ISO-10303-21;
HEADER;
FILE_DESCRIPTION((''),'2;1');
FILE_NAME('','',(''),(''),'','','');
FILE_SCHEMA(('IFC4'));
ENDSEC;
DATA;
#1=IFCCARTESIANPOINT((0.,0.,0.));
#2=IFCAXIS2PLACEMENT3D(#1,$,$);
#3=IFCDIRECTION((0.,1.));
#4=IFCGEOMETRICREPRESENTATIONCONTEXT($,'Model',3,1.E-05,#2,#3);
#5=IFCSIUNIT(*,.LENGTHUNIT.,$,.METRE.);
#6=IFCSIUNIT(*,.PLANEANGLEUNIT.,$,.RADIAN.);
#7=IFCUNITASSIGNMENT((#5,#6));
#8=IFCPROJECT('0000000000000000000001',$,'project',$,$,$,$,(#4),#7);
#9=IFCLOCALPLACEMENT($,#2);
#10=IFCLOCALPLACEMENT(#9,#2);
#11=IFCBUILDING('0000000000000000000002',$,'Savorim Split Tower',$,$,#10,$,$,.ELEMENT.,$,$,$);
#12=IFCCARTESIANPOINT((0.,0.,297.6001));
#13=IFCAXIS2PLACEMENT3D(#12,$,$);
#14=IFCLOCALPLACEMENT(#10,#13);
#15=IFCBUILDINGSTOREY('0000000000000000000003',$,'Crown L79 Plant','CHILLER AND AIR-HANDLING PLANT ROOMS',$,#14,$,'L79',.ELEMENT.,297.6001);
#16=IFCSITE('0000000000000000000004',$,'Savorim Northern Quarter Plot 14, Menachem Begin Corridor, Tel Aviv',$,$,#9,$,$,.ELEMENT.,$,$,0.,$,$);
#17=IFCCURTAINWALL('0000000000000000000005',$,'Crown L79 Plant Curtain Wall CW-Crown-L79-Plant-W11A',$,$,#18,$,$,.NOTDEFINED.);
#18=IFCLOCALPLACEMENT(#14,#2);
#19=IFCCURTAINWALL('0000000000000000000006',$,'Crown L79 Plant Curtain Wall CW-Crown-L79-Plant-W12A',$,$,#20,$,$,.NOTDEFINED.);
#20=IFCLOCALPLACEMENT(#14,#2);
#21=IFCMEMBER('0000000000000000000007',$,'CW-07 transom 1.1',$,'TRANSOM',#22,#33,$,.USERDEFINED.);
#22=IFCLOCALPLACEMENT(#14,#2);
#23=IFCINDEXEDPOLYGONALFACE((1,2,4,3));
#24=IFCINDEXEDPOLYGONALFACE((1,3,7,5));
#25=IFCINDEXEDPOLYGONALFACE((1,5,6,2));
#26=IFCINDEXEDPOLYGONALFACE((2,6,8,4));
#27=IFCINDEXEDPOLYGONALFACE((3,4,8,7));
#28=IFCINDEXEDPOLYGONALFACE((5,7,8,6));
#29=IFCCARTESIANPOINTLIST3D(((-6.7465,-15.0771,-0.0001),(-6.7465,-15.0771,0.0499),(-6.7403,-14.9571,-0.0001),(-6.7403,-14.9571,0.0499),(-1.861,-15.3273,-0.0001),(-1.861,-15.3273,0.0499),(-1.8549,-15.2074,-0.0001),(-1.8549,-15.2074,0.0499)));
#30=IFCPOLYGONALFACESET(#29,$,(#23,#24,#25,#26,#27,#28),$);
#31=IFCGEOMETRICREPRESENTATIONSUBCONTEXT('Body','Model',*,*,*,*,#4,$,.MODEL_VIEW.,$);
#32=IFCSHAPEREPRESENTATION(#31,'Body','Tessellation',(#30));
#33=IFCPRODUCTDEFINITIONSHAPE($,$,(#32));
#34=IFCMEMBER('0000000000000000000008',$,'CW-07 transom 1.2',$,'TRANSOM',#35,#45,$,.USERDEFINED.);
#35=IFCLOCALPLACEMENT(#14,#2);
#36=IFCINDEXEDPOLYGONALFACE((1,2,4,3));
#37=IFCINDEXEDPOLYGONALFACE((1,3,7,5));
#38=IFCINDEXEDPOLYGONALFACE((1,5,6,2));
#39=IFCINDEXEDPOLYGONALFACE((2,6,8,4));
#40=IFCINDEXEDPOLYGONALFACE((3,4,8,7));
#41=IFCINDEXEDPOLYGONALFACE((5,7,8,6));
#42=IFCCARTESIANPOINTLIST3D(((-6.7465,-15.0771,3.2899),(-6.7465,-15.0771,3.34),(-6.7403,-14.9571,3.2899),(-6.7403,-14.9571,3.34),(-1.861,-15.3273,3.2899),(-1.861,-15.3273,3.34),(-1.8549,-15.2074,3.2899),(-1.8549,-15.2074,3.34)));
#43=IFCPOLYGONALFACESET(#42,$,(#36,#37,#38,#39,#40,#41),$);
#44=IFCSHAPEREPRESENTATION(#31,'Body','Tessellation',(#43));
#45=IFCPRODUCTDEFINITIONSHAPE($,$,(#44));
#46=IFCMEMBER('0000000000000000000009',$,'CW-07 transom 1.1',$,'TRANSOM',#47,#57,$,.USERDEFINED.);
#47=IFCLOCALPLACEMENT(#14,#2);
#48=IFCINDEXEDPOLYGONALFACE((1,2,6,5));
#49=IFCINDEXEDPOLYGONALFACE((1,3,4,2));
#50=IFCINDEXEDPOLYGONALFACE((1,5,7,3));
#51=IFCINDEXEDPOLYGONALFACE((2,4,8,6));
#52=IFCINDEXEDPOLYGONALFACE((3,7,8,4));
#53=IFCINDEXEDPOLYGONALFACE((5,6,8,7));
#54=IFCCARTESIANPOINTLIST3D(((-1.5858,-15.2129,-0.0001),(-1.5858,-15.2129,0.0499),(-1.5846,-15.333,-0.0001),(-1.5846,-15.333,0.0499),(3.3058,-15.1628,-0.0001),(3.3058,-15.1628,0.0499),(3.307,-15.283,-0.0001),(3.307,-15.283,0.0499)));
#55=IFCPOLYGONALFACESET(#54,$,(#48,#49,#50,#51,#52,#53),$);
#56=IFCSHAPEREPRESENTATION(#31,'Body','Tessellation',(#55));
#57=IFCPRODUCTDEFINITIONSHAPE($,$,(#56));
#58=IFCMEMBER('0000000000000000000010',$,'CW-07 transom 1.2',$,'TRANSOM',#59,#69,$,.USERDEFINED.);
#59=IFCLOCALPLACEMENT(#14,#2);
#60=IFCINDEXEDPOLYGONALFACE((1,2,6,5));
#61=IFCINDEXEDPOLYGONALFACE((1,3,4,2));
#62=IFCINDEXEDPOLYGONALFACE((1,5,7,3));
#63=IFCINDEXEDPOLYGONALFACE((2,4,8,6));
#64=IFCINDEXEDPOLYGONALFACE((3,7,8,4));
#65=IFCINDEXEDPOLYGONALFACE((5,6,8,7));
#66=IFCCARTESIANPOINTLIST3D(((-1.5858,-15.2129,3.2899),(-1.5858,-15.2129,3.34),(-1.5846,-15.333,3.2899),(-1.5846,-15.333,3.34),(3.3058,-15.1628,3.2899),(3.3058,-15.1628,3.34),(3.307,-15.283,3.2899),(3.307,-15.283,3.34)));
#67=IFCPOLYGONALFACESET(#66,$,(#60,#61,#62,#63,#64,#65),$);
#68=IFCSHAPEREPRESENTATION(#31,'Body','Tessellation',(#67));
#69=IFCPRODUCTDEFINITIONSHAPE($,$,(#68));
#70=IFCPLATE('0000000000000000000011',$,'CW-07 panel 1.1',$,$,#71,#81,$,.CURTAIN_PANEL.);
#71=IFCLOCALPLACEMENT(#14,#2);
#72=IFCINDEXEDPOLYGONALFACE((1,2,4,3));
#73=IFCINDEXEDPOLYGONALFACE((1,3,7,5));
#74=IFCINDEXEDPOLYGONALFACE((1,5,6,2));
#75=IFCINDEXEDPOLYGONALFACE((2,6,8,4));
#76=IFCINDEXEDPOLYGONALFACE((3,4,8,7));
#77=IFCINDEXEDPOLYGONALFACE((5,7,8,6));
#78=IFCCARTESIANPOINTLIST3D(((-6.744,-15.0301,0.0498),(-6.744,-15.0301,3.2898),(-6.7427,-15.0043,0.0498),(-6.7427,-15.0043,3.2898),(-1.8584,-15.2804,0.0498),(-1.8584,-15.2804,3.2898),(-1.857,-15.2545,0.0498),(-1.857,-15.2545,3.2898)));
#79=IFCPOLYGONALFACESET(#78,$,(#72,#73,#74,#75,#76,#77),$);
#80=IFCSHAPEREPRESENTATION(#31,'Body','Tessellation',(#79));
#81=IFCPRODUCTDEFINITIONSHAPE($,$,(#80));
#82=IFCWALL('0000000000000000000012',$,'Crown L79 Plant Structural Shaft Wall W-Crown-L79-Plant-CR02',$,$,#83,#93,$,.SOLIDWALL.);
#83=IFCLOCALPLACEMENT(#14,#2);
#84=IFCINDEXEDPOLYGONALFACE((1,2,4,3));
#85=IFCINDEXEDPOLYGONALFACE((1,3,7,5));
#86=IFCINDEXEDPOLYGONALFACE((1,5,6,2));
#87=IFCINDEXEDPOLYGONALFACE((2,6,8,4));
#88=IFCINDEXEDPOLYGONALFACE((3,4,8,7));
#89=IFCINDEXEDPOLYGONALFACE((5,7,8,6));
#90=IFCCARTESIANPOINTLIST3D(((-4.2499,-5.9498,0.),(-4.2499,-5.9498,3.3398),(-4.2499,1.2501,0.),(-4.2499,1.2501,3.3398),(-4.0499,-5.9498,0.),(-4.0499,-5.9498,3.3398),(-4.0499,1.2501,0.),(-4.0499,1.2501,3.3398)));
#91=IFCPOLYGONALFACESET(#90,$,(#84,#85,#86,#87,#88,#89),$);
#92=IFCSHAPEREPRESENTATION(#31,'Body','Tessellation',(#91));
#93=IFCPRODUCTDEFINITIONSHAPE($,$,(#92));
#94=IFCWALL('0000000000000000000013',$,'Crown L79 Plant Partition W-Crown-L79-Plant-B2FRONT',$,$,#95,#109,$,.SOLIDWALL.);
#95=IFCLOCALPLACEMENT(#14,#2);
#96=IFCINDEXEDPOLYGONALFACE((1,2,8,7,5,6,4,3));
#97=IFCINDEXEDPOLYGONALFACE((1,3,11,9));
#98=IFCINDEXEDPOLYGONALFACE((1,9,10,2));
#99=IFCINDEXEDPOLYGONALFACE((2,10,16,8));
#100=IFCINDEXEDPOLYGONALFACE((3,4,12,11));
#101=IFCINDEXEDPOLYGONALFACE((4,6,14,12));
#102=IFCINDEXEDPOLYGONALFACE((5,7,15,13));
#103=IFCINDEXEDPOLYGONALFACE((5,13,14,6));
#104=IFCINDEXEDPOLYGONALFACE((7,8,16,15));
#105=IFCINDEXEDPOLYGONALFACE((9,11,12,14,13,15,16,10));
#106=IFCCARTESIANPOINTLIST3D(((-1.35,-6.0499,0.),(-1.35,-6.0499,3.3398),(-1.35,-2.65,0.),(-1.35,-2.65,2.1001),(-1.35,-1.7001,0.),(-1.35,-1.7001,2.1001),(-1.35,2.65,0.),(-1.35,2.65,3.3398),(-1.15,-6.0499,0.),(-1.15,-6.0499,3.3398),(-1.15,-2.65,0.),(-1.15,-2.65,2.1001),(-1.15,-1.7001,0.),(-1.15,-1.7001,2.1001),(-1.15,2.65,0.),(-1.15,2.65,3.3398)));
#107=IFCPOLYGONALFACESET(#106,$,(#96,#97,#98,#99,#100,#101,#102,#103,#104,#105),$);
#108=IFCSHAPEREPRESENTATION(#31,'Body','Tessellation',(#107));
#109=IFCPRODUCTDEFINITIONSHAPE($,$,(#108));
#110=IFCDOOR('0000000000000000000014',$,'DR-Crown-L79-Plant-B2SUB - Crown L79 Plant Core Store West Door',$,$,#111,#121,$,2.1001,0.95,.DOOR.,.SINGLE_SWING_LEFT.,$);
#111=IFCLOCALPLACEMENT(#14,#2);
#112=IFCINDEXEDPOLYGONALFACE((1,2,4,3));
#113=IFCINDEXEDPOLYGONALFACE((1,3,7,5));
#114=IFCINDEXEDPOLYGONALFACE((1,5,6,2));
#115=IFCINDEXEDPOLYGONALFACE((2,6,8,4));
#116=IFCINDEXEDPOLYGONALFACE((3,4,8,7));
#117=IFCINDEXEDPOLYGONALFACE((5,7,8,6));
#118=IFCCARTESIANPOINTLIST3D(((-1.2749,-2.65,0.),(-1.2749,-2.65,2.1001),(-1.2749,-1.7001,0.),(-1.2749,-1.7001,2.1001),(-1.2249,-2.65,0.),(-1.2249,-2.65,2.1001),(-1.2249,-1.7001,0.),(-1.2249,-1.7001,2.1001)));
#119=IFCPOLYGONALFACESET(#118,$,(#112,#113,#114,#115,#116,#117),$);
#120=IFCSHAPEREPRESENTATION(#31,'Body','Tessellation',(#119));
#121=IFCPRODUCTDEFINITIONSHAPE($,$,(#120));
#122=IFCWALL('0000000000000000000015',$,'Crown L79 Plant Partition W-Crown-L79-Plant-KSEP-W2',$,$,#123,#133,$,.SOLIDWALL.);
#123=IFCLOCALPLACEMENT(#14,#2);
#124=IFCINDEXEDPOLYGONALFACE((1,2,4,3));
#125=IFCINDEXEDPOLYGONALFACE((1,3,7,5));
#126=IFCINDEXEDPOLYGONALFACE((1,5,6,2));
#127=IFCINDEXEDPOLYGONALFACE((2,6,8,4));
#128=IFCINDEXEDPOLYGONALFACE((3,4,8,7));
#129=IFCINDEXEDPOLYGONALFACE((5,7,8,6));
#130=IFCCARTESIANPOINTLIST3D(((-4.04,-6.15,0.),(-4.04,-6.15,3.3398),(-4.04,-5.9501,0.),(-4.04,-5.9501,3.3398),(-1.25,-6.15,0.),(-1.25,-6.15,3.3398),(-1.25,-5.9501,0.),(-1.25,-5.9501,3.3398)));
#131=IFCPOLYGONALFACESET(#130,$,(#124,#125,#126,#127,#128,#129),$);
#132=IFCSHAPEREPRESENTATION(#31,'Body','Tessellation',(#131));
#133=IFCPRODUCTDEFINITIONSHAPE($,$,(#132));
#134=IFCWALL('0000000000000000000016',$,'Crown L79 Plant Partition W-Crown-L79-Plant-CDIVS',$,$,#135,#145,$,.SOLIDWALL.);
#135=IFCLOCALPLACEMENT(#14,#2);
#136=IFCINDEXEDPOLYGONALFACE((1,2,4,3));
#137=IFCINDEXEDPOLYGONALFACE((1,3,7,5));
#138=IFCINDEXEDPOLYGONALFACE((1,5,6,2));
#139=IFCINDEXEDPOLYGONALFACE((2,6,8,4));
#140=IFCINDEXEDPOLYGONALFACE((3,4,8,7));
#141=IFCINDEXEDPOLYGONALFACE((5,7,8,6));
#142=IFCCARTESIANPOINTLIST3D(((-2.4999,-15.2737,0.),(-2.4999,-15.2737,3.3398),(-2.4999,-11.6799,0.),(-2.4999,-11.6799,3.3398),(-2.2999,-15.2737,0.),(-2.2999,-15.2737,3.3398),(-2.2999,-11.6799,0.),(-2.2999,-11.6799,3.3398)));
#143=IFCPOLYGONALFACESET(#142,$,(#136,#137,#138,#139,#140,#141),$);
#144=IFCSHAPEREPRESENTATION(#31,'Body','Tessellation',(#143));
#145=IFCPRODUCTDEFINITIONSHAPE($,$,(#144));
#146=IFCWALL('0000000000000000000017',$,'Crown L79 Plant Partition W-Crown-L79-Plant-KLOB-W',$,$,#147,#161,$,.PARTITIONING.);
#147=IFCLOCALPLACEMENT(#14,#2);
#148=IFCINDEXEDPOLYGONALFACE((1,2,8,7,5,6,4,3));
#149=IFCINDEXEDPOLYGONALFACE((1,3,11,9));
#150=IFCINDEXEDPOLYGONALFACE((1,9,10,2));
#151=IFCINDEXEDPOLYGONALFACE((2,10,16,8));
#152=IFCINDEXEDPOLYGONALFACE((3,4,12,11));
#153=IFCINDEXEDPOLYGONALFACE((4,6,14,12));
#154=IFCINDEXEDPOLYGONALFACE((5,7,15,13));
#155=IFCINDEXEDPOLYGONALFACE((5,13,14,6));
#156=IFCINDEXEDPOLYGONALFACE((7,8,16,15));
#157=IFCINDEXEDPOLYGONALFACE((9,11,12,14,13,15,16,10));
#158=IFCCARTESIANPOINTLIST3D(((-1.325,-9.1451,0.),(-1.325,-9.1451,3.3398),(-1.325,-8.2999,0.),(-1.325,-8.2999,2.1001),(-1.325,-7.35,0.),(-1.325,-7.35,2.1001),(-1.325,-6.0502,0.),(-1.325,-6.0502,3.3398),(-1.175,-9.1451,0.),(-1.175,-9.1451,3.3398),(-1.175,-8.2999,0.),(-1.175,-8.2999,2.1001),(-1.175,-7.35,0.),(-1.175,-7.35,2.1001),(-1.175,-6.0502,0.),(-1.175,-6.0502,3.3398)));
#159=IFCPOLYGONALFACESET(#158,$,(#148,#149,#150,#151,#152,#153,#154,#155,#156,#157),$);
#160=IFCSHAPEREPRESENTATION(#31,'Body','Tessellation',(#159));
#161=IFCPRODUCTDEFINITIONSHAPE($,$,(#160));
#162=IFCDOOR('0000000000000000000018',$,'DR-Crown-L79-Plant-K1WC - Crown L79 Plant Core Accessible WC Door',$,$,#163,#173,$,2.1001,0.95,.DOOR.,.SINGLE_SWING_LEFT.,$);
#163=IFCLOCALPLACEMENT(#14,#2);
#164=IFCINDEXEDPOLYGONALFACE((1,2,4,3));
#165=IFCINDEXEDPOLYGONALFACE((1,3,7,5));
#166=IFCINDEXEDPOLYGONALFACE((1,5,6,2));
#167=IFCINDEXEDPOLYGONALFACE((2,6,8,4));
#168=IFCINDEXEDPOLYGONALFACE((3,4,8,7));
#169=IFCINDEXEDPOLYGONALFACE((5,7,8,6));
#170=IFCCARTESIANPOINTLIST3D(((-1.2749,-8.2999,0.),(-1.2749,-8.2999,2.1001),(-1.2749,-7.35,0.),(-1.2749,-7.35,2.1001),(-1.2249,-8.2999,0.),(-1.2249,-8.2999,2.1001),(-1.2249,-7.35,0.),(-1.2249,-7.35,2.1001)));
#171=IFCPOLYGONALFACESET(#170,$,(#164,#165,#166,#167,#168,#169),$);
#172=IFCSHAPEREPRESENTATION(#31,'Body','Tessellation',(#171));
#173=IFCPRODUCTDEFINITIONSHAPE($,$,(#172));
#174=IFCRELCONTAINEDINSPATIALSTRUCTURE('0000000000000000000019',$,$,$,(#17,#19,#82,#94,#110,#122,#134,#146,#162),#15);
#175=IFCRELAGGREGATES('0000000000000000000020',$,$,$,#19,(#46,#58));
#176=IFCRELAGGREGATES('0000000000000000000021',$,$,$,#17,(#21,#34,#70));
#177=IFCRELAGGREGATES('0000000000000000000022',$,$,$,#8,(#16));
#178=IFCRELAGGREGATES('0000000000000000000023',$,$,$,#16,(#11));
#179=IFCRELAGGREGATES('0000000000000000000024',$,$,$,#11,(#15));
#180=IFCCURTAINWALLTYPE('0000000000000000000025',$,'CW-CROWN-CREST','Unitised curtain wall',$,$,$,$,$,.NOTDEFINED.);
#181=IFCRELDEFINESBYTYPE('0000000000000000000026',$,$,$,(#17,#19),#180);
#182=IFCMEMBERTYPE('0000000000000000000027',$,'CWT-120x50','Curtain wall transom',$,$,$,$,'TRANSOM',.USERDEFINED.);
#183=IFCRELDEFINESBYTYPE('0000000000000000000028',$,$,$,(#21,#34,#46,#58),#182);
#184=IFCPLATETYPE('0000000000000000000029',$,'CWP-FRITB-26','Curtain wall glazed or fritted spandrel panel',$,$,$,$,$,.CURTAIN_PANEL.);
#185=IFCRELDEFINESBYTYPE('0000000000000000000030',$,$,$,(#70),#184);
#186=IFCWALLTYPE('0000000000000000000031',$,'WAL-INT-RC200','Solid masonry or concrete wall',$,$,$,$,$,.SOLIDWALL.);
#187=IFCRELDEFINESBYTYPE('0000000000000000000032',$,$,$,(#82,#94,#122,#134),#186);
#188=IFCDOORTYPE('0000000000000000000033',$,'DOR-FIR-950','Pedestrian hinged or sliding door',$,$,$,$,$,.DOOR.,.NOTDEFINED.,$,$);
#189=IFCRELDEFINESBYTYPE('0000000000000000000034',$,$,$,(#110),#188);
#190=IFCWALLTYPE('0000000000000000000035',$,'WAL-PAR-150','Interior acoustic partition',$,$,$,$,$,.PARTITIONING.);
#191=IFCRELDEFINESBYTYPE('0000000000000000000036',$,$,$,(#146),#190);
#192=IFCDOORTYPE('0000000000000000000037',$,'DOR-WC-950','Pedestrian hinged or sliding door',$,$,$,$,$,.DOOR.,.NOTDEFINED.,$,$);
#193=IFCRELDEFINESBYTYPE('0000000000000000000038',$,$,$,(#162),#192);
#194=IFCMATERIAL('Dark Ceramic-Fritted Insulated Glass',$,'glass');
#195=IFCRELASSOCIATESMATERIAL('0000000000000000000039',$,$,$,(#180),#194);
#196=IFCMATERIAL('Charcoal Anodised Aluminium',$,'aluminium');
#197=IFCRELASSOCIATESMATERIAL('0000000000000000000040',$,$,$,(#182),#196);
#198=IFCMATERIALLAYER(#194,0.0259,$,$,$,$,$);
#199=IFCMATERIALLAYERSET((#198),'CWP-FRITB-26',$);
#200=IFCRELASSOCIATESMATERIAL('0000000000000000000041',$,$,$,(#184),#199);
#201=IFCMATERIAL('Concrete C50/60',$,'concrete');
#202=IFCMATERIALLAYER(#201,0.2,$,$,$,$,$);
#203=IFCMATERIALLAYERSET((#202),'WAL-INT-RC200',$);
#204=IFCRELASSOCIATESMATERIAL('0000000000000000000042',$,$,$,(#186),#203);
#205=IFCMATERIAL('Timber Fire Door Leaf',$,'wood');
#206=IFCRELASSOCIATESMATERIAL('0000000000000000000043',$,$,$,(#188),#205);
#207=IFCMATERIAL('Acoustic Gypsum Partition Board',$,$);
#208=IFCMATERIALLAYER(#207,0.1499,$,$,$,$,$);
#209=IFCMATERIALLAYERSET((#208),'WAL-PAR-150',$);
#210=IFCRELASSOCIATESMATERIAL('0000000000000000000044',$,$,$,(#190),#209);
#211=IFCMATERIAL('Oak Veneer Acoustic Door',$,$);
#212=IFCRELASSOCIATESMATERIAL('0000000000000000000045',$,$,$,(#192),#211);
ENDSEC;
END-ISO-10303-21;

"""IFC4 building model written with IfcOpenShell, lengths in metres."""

from ifc_helpers import new_model, si_unit, direction, frame, frame_2d, origin, origin_2d, place, context, subcontext, project, spatial, rectangle, extrude, material, layer, layer_set, material_profile, profile_set, type_object, element, fill, aggregate, save


model = new_model("IFC4")

# Units and contexts
model_context = context("Model", 3, precision=1e-05, world=origin(), true_north=direction((0.0, 1.0)))
body_context = subcontext(model_context, "Body", "Model", "MODEL_VIEW")
ifc_project = project(units=[si_unit("LENGTHUNIT", "METRE"), si_unit("PLANEANGLEUNIT", "RADIAN")], contexts=[model_context])

# Site, building, storey
site_placement = place(None, origin())
site = spatial("IfcSite", under=ifc_project, at=site_placement, Name="Savorim Northern Quarter Plot 14, Menachem Begin Corridor, Tel Aviv", CompositionType="ELEMENT", RefElevation=0.0)
building_placement = place(site_placement, origin())
building = spatial("IfcBuilding", under=site, at=building_placement, Name="Savorim Split Tower", CompositionType="ELEMENT")
storey_placement = place(building_placement, frame((0.0, 0.0, 297.6001)))
storey = spatial("IfcBuildingStorey", under=building, at=storey_placement, Name="Crown L79 Plant", Description="CHILLER AND AIR-HANDLING PLANT ROOMS", LongName="L79", CompositionType="ELEMENT", Elevation=297.6001)

# Curtain wall
ifc_material_1 = material(Name="Dark Ceramic-Fritted Insulated Glass", Category="glass")
curtain_wall_type = type_object("IfcCurtainWallType", Name="CW-CROWN-CREST", Description="Unitised curtain wall", PredefinedType="NOTDEFINED", material=ifc_material_1)
curtain_wall_1_placement = place(storey_placement, origin())
curtain_wall_1 = element("IfcCurtainWall", 1, at=curtain_wall_1_placement, inside=storey, type_object=curtain_wall_type, Name="Crown L79 Plant Curtain Wall CW-Crown-L79-Plant-W11A", PredefinedType="NOTDEFINED")
ifc_material_2 = material(Name="Charcoal Anodised Aluminium", Category="aluminium")

# Curtain wall
curtain_wall_2_placement = place(storey_placement, origin())
curtain_wall_2 = element("IfcCurtainWall", 2, at=curtain_wall_2_placement, inside=storey, type_object=curtain_wall_type, Name="Crown L79 Plant Curtain Wall CW-Crown-L79-Plant-W12A", PredefinedType="NOTDEFINED")

# Members
ifc_material_profile_1 = material_profile(ifc_material_2, rectangle(XDim=0.1201, YDim=0.05, at=origin_2d()), Name="ALU-T 120x50")
ifc_profile_set_1 = profile_set([ifc_material_profile_1], Name="Charcoal Anodised Aluminium")
member_type_1 = type_object("IfcMemberType", Name="CWT-120x50", Description="Curtain wall transom", ElementType="TRANSOM", PredefinedType="USERDEFINED", material=ifc_profile_set_1)
member_1_placement = place(storey_placement, frame((-6.7434, -15.0171, 0.0249), z_axis=(0.998691, -0.051155, 0.0), x_axis=(0.051155, 0.998691, 0.0)))
member_1 = element("IfcMember", 3, at=member_1_placement, type_object=member_type_1, Name="CW-07 transom 1.1", ObjectType="TRANSOM", PredefinedType="USERDEFINED", context=body_context, shape_type="SweptSolid", body=[
    extrude(rectangle(XDim=0.1201, YDim=0.05, at=origin_2d()), origin(), (0.0, 0.0, 1.0), 4.8918),
])
member_2_placement = place(storey_placement, frame((-6.7434, -15.0171, 3.3149), z_axis=(0.998691, -0.051155, 0.0), x_axis=(0.051155, 0.998691, 0.0)))
member_2 = element("IfcMember", 4, at=member_2_placement, type_object=member_type_1, Name="CW-07 transom 1.2", ObjectType="TRANSOM", PredefinedType="USERDEFINED", context=body_context, shape_type="SweptSolid", body=[
    extrude(rectangle(XDim=0.1201, YDim=0.05, at=origin_2d()), origin(), (0.0, 0.0, 1.0), 4.8918),
])
member_3_placement = place(storey_placement, frame((-1.5852, -15.2729, 0.0249), z_axis=(0.999948, 0.010231, 0.0), x_axis=(-0.010231, 0.999948, 0.0)))
member_3 = element("IfcMember", 5, at=member_3_placement, type_object=member_type_1, Name="CW-07 transom 1.1", ObjectType="TRANSOM", PredefinedType="USERDEFINED", context=body_context, shape_type="SweptSolid", body=[
    extrude(rectangle(XDim=0.1201, YDim=0.05, at=origin_2d()), origin(), (0.0, 0.0, 1.0), 4.8918),
])
member_4_placement = place(storey_placement, frame((-1.5852, -15.2729, 3.3149), z_axis=(0.999948, 0.010231, 0.0), x_axis=(-0.010231, 0.999948, 0.0)))
member_4 = element("IfcMember", 6, at=member_4_placement, type_object=member_type_1, Name="CW-07 transom 1.2", ObjectType="TRANSOM", PredefinedType="USERDEFINED", context=body_context, shape_type="SweptSolid", body=[
    extrude(rectangle(XDim=0.1201, YDim=0.05, at=origin_2d()), origin(), (0.0, 0.0, 1.0), 4.8918),
])
aggregate(curtain_wall_2, [member_3, member_4])

# Plate
ifc_layer_1 = layer(ifc_material_1, 0.0259)
ifc_layer_set_1 = layer_set([ifc_layer_1], Name="CWP-FRITB-26")
plate_type = type_object("IfcPlateType", Name="CWP-FRITB-26", Description="Curtain wall glazed or fritted spandrel panel", PredefinedType="CURTAIN_PANEL", material=ifc_layer_set_1)
plate_placement = place(storey_placement, frame((-4.3005, -15.1423, 0.0498), z_axis=(0.0, 0.0, 1.0), x_axis=(0.998691, -0.051157, 0.0)))
plate = element("IfcPlate", 7, at=plate_placement, type_object=plate_type, Name="CW-07 panel 1.1", PredefinedType="CURTAIN_PANEL", context=body_context, shape_type="SweptSolid", body=[
    extrude(rectangle(XDim=4.8921, YDim=0.0259, at=origin_2d()), origin(), (0.0, 0.0, 1.0), 3.24),
])
aggregate(curtain_wall_1, [member_1, member_2, plate])

# Wall
ifc_material_3 = material(Name="Concrete C50/60", Category="concrete")
ifc_layer_2 = layer(ifc_material_3, 0.2)
ifc_layer_set_2 = layer_set([ifc_layer_2], Name="WAL-INT-RC200")
wall_type_1 = type_object("IfcWallType", Name="WAL-INT-RC200", Description="Solid masonry or concrete wall", PredefinedType="SOLIDWALL", material=ifc_layer_set_2)
wall_1_placement = place(storey_placement, frame((-4.1499, -5.95, 0.0), z_axis=(0.0, 0.0, 1.0), x_axis=(0.0, 1.0, 0.0)))
element("IfcWall", 8, at=wall_1_placement, inside=storey, type_object=wall_type_1, Name="Crown L79 Plant Structural Shaft Wall W-Crown-L79-Plant-CR02", PredefinedType="SOLIDWALL", context=body_context, shape_type="SweptSolid", body=[
    extrude(rectangle(XDim=7.2, YDim=0.2, at=frame_2d((3.6001, 0.0))), origin(), (0.0, 0.0, 1.0), 3.3398),
])

# Wall, opening, door
wall_2_placement = place(storey_placement, frame((-1.25, -6.05, 0.0), z_axis=(0.0, 0.0, 1.0), x_axis=(0.0, 1.0, 0.0)))
wall_2 = element("IfcWall", 9, at=wall_2_placement, inside=storey, type_object=wall_type_1, Name="Crown L79 Plant Partition W-Crown-L79-Plant-B2FRONT", PredefinedType="SOLIDWALL", context=body_context, shape_type="SweptSolid", body=[
    extrude(rectangle(XDim=8.7, YDim=0.2, at=frame_2d((4.3501, 0.0))), origin(), (0.0, 0.0, 1.0), 3.3398),
])
opening_1_placement = place(wall_2_placement, frame((3.3999, 0.0, 0.0)))
opening_1 = element("IfcOpeningElement", 10, at=opening_1_placement, cuts=wall_2, PredefinedType="OPENING", context=body_context, shape_type="SweptSolid", body=[
    extrude(rectangle(XDim=0.95, YDim=2.1001, at=frame_2d((0.4751, 1.05))), frame((0.0, 0.1099, 0.0), z_axis=(0.0, -1.0, 0.0), x_axis=(1.0, 0.0, 0.0)), (0.0, 0.0, 1.0), 0.22),
])
ifc_material_4 = material(Name="Timber Fire Door Leaf", Category="wood")
door_type_1 = type_object("IfcDoorType", Name="DOR-FIR-950", Description="Pedestrian hinged or sliding door", OperationType="NOTDEFINED", PredefinedType="DOOR", material=ifc_material_4)
door_1_placement = place(opening_1_placement, origin())
door_1 = element("IfcDoor", 11, at=door_1_placement, inside=storey, type_object=door_type_1, Name="DR-Crown-L79-Plant-B2SUB - Crown L79 Plant Core Store West Door", OperationType="SINGLE_SWING_LEFT", OverallHeight=2.1001, OverallWidth=0.95, PredefinedType="DOOR", context=body_context, shape_type="SweptSolid", body=[
    extrude(rectangle(XDim=0.95, YDim=2.1001, at=frame_2d((0.4751, 1.05))), frame((0.0, 0.0249, 0.0), z_axis=(0.0, -1.0, 0.0), x_axis=(1.0, 0.0, 0.0)), (0.0, 0.0, 1.0), 0.05),
])
fill(opening_1, door_1)

# Walls
wall_3_placement = place(storey_placement, frame((-4.04, -6.05, 0.0), z_axis=(0.0, 0.0, 1.0), x_axis=(1.0, 0.0, 0.0)))
element("IfcWall", 12, at=wall_3_placement, inside=storey, type_object=wall_type_1, Name="Crown L79 Plant Partition W-Crown-L79-Plant-KSEP-W2", PredefinedType="SOLIDWALL", context=body_context, shape_type="SweptSolid", body=[
    extrude(rectangle(XDim=2.79, YDim=0.2, at=frame_2d((1.395, 0.0))), origin(), (0.0, 0.0, 1.0), 3.3398),
])
wall_4_placement = place(storey_placement, frame((-2.3999, -15.2737, 0.0), z_axis=(0.0, 0.0, 1.0), x_axis=(0.0, 1.0, 0.0)))
element("IfcWall", 13, at=wall_4_placement, inside=storey, type_object=wall_type_1, Name="Crown L79 Plant Partition W-Crown-L79-Plant-CDIVS", PredefinedType="SOLIDWALL", context=body_context, shape_type="SweptSolid", body=[
    extrude(rectangle(XDim=3.5938, YDim=0.2, at=frame_2d((1.7969, 0.0))), origin(), (0.0, 0.0, 1.0), 3.3398),
])

# Wall, opening, door
ifc_material_5 = material(Name="Acoustic Gypsum Partition Board")
ifc_layer_3 = layer(ifc_material_5, 0.1499)
ifc_layer_set_3 = layer_set([ifc_layer_3], Name="WAL-PAR-150")
wall_type_2 = type_object("IfcWallType", Name="WAL-PAR-150", Description="Interior acoustic partition", PredefinedType="PARTITIONING", material=ifc_layer_set_3)
wall_5_placement = place(storey_placement, frame((-1.25, -9.145, 0.0), z_axis=(0.0, 0.0, 1.0), x_axis=(0.0, 1.0, 0.0)))
wall_5 = element("IfcWall", 14, at=wall_5_placement, inside=storey, type_object=wall_type_2, Name="Crown L79 Plant Partition W-Crown-L79-Plant-KLOB-W", PredefinedType="PARTITIONING", context=body_context, shape_type="SweptSolid", body=[
    extrude(rectangle(XDim=3.095, YDim=0.1499, at=frame_2d((1.5474, 0.0))), origin(), (0.0, 0.0, 1.0), 3.3398),
])
opening_2_placement = place(wall_5_placement, frame((0.845, 0.0, 0.0)))
opening_2 = element("IfcOpeningElement", 15, at=opening_2_placement, cuts=wall_5, PredefinedType="OPENING", context=body_context, shape_type="SweptSolid", body=[
    extrude(rectangle(XDim=0.95, YDim=2.1001, at=frame_2d((0.4751, 1.05))), frame((0.0, 0.085, 0.0), z_axis=(0.0, -1.0, 0.0), x_axis=(1.0, 0.0, 0.0)), (0.0, 0.0, 1.0), 0.1699),
])
ifc_material_6 = material(Name="Oak Veneer Acoustic Door")
door_type_2 = type_object("IfcDoorType", Name="DOR-WC-950", Description="Pedestrian hinged or sliding door", OperationType="NOTDEFINED", PredefinedType="DOOR", material=ifc_material_6)
door_2_placement = place(opening_2_placement, origin())
door_2 = element("IfcDoor", 16, at=door_2_placement, inside=storey, type_object=door_type_2, Name="DR-Crown-L79-Plant-K1WC - Crown L79 Plant Core Accessible WC Door", OperationType="SINGLE_SWING_LEFT", OverallHeight=2.1001, OverallWidth=0.95, PredefinedType="DOOR", context=body_context, shape_type="SweptSolid", body=[
    extrude(rectangle(XDim=0.95, YDim=2.1001, at=frame_2d((0.4751, 1.05))), frame((0.0, 0.0249, 0.0), z_axis=(0.0, -1.0, 0.0), x_axis=(1.0, 0.0, 0.0)), (0.0, 0.0, 1.0), 0.05),
])
fill(opening_2, door_2)

save(model, "model.ifc")
